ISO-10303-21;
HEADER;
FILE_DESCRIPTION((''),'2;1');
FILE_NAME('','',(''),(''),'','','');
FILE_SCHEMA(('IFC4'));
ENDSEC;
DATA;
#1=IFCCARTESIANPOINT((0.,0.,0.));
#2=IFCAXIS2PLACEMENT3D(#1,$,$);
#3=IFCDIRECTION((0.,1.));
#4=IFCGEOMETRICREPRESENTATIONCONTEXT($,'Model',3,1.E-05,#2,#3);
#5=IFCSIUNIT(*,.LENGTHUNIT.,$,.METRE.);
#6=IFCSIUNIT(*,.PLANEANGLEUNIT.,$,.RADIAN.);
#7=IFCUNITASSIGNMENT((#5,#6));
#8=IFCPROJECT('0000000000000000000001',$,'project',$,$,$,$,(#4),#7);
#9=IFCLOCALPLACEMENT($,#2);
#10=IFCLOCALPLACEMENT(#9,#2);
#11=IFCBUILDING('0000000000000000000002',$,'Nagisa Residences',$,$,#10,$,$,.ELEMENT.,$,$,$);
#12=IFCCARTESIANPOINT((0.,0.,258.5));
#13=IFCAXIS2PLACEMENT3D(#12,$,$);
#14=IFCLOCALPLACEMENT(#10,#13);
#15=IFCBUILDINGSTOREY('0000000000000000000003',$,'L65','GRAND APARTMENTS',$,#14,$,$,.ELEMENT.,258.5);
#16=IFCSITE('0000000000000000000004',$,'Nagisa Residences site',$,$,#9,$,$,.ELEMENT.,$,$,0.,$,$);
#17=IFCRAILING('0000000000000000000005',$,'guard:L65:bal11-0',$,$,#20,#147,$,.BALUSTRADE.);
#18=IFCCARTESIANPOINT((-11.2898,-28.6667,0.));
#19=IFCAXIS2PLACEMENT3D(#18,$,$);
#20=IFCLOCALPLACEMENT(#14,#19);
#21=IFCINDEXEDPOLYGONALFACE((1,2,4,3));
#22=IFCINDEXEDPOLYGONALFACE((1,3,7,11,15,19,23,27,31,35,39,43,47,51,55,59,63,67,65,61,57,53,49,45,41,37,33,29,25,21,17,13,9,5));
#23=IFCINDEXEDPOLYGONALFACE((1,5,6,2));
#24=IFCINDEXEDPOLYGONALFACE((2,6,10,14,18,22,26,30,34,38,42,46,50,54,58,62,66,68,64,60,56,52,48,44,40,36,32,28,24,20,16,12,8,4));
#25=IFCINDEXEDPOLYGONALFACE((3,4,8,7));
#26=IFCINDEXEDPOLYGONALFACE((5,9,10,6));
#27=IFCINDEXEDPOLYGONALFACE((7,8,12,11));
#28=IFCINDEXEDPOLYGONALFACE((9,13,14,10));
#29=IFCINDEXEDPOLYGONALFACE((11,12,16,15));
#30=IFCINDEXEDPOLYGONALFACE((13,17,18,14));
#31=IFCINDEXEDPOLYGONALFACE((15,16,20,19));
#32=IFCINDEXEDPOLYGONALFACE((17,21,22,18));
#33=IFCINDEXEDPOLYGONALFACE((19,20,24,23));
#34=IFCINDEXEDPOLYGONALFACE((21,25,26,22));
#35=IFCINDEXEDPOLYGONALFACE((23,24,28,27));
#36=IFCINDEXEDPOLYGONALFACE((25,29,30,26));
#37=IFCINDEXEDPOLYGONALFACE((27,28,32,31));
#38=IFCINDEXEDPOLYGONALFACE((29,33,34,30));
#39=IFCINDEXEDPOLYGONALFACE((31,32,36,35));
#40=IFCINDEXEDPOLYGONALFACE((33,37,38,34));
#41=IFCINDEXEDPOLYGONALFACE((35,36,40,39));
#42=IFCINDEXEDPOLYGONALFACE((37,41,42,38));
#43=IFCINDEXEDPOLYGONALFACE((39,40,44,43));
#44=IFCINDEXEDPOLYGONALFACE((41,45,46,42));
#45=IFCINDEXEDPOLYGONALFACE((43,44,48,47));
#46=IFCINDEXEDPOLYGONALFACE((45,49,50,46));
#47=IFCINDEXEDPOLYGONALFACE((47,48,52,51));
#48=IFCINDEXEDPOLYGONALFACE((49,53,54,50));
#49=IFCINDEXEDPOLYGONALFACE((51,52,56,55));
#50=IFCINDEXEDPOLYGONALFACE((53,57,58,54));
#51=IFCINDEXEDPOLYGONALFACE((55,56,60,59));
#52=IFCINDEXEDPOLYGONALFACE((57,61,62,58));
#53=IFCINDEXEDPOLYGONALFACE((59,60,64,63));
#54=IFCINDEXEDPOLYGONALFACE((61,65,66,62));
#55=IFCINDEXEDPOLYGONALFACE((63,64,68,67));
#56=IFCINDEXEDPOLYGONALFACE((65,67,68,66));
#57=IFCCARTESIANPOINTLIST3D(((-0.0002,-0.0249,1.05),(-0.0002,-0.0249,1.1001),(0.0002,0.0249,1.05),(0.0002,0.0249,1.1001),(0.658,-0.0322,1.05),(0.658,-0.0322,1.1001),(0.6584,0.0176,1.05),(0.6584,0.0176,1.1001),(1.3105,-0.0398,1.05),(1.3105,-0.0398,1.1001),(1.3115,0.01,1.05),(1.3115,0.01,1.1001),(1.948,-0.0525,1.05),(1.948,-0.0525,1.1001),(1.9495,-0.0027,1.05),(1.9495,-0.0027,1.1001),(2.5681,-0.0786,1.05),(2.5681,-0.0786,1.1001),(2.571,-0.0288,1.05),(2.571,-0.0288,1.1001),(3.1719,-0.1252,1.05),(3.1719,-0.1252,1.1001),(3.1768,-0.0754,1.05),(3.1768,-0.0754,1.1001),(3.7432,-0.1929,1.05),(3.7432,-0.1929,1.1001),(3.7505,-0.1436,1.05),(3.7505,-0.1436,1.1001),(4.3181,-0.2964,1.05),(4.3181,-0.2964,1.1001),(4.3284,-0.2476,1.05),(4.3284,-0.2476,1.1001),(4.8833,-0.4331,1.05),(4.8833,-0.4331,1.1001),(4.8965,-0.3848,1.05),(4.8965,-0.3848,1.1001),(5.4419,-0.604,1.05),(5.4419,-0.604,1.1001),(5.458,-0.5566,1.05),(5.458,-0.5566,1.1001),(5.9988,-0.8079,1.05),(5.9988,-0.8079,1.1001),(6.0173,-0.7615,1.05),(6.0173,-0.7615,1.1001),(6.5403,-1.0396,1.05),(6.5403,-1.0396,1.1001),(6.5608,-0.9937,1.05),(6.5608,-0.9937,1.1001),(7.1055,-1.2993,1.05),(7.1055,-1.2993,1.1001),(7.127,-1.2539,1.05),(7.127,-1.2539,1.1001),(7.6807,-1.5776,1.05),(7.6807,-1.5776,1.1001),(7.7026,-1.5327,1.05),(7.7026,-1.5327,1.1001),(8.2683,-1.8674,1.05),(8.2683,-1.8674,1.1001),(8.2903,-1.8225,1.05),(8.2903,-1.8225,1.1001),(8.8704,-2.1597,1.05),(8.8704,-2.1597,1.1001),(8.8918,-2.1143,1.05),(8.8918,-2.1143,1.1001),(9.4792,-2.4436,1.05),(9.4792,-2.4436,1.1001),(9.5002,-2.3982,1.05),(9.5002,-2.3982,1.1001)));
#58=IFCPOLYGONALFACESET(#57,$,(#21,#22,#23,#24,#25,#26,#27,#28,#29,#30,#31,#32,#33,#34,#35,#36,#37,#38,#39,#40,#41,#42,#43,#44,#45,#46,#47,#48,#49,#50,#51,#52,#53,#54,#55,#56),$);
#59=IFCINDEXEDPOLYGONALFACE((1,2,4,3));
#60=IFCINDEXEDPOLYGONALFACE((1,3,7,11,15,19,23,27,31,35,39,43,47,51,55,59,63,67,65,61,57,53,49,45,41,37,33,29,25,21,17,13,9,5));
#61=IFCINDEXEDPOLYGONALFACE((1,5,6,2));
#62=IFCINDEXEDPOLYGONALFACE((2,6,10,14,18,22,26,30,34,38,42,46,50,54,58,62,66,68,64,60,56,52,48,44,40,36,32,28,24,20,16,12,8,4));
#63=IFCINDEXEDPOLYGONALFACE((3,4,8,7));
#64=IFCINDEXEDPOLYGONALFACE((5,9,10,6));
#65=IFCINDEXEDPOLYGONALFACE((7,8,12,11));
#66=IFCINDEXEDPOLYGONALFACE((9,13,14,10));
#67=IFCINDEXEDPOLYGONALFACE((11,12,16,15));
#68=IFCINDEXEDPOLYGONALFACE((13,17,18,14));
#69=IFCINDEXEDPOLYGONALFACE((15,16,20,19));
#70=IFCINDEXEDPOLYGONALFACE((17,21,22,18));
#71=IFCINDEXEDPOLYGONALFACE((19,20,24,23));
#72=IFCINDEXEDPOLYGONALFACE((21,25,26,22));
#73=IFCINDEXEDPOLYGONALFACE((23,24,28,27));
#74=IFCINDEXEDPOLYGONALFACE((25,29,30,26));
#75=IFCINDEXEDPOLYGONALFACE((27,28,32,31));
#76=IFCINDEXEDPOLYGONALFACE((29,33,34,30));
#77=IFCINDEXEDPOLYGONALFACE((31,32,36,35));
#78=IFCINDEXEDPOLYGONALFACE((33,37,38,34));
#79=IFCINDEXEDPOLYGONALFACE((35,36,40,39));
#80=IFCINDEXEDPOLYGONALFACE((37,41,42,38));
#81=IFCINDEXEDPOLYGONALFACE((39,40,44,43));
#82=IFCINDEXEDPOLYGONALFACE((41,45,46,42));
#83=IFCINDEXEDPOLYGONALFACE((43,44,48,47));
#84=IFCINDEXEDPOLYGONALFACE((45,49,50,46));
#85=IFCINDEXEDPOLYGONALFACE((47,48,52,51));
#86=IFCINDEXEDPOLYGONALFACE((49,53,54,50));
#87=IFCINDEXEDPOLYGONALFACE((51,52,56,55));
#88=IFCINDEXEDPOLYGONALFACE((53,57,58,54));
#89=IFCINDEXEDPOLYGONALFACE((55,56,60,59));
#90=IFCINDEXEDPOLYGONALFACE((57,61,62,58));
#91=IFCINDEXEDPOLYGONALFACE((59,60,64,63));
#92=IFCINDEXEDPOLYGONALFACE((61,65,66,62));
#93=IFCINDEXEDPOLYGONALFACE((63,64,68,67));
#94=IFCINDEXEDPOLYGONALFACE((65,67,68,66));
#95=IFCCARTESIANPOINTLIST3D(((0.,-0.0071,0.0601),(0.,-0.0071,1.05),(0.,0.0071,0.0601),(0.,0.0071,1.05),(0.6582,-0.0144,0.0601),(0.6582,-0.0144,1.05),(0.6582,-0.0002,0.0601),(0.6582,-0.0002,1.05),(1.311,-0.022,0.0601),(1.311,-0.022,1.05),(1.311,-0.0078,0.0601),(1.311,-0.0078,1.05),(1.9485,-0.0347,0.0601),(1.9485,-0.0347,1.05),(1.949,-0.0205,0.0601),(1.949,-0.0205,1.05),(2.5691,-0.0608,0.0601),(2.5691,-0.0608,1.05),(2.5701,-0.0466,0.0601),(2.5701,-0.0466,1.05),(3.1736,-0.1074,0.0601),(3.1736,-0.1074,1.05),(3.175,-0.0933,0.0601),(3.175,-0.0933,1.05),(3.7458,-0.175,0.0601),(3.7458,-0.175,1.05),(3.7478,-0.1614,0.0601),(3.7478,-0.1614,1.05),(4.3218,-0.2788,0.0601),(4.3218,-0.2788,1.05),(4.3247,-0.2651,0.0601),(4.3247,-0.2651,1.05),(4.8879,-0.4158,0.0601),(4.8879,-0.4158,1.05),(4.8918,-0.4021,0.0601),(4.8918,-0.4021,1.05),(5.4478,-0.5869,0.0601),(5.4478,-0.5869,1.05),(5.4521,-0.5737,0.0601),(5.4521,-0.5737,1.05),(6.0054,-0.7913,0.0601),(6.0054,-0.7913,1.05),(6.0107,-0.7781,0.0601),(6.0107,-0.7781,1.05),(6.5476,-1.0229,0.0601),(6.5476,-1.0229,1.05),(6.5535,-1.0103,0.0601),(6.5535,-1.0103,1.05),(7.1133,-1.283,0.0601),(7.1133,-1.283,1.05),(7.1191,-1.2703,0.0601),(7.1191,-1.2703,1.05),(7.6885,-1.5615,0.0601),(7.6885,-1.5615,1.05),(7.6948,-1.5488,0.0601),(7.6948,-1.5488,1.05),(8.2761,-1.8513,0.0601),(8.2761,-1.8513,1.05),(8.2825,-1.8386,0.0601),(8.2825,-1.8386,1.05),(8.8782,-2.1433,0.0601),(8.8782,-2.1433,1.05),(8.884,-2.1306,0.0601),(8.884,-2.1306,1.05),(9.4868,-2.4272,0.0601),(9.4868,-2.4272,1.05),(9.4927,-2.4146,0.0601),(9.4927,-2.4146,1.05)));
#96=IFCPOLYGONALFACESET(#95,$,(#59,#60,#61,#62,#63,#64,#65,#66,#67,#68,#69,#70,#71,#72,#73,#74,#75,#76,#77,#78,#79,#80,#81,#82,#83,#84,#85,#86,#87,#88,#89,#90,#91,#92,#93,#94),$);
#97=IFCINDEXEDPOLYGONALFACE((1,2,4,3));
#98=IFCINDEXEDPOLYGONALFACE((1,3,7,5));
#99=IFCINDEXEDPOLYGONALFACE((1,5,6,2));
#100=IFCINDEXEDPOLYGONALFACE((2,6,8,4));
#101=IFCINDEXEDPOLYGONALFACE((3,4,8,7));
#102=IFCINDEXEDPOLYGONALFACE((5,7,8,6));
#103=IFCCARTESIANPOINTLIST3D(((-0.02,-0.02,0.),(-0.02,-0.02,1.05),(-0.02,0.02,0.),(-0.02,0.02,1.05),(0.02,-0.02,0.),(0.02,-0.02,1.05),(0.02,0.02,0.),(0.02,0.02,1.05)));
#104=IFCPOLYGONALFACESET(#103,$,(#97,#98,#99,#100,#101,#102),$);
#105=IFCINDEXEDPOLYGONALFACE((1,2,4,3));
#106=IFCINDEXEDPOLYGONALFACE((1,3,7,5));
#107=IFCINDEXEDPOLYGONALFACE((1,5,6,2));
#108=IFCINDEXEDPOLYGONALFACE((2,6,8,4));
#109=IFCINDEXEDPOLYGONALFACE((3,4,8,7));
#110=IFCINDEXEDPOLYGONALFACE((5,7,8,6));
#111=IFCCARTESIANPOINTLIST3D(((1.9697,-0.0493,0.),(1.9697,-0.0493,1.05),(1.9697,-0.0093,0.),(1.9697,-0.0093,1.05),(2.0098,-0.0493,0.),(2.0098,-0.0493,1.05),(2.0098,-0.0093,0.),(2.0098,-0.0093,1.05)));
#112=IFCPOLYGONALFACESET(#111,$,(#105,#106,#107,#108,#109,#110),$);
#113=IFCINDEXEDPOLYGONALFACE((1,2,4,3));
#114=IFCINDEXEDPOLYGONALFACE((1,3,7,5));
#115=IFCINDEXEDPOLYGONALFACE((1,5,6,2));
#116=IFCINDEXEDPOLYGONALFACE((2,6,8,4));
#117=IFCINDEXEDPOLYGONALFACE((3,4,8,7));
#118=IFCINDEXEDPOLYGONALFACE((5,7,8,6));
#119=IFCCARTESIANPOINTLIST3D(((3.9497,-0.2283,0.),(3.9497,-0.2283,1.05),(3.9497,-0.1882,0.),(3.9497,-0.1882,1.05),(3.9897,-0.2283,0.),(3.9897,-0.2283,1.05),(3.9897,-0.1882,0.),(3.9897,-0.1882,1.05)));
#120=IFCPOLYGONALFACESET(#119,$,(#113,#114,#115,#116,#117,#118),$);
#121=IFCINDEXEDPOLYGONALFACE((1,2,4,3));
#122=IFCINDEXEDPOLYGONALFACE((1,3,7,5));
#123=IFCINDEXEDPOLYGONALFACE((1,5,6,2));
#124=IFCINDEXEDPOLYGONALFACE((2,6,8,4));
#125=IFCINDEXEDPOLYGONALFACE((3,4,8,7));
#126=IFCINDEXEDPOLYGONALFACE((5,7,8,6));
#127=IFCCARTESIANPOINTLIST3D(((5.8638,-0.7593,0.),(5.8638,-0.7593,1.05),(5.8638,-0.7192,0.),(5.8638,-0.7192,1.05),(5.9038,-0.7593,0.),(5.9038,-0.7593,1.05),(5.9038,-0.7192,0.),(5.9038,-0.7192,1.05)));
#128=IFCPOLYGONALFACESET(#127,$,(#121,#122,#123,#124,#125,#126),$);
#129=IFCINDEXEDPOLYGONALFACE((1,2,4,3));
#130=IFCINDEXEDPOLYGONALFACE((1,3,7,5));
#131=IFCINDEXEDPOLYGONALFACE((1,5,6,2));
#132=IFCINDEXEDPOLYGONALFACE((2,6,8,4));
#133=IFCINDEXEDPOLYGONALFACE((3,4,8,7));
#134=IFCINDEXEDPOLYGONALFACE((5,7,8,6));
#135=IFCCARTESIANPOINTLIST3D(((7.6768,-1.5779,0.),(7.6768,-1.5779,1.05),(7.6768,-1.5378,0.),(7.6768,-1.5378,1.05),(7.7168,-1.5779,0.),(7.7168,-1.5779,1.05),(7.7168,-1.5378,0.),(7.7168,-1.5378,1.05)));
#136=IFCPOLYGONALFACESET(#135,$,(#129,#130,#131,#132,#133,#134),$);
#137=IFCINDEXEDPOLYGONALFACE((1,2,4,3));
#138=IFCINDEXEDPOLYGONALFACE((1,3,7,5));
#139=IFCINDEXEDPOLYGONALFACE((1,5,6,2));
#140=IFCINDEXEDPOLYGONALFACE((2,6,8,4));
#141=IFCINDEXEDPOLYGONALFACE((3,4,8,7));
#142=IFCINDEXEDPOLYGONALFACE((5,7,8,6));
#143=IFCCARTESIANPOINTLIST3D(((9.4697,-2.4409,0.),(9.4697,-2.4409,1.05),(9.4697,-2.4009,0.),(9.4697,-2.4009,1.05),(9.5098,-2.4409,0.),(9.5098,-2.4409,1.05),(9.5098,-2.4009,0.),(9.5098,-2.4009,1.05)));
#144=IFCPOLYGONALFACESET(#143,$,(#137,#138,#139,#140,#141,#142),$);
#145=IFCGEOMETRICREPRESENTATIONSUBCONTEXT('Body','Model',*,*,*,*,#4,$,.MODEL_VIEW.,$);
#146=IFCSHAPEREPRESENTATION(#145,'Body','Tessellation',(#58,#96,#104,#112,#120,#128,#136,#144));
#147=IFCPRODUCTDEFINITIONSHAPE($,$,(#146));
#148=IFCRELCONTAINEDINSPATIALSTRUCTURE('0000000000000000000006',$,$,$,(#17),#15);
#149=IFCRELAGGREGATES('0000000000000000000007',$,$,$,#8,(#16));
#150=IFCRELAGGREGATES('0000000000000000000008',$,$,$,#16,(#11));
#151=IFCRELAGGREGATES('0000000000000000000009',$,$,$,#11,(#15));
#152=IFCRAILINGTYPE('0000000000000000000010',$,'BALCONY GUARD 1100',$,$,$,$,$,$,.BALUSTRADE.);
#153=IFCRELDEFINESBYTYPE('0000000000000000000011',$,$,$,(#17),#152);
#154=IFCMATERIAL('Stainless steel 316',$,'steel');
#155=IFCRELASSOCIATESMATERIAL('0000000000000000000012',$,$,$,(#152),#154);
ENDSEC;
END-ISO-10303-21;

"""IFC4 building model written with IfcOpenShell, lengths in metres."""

from ifc_helpers import new_model, si_unit, direction, frame, origin, origin_2d, place, context, subcontext, project, spatial, polyline, rectangle, outline, extrude, material, type_object, element, save


model = new_model("IFC4")

# Units and contexts
model_context = context("Model", 3, precision=1e-05, world=origin(), true_north=direction((0.0, 1.0)))
body_context = subcontext(model_context, "Body", "Model", "MODEL_VIEW")
ifc_project = project(units=[si_unit("LENGTHUNIT", "METRE"), si_unit("PLANEANGLEUNIT", "RADIAN")], contexts=[model_context])

# Site, building, storey
site_placement = place(None, origin())
site = spatial("IfcSite", under=ifc_project, at=site_placement, Name="Nagisa Residences site", CompositionType="ELEMENT", RefElevation=0.0)
building_placement = place(site_placement, origin())
building = spatial("IfcBuilding", under=site, at=building_placement, Name="Nagisa Residences", CompositionType="ELEMENT")
storey_placement = place(building_placement, frame((0.0, 0.0, 258.5)))
storey = spatial("IfcBuildingStorey", under=building, at=storey_placement, Name="L65", Description="GRAND APARTMENTS", CompositionType="ELEMENT", Elevation=258.5)

# Railing
ifc_material_1 = material(Name="Stainless steel 316", Category="steel")
railing_type = type_object("IfcRailingType", Name="BALCONY GUARD 1100", PredefinedType="BALUSTRADE", material=ifc_material_1)
railing_1_placement = place(storey_placement, frame((-11.2898, -28.6667, 0.0)))
element("IfcRailing", 1, at=railing_1_placement, inside=storey, type_object=railing_type, Name="guard:L65:bal11-0", PredefinedType="BALUSTRADE", context=body_context, shape_type="SweptSolid", body=[
    extrude(outline(polyline([(0.6584, 0.0176), (0.0002, 0.0249), (-0.0002, -0.0249), (0.658, -0.0322), (1.3105, -0.0398), (1.948, -0.0525), (2.5681, -0.0786), (3.1719, -0.1252), (3.7432, -0.1929), (4.3181, -0.2964), (4.8833, -0.4331), (5.4419, -0.604), (5.9988, -0.8079), (6.5403, -1.0396), (7.1055, -1.2993), (7.6807, -1.5776), (8.2683, -1.8674), (8.8704, -2.1597), (9.4792, -2.4436), (9.5002, -2.3982), (8.8918, -2.1143), (8.2903, -1.8225), (7.7026, -1.5327), (7.127, -1.2539), (6.5608, -0.9937), (6.0173, -0.7615), (5.458, -0.5566), (4.8965, -0.3848), (4.3284, -0.2476), (3.7505, -0.1436), (3.1768, -0.0754), (2.571, -0.0288), (1.9495, -0.0027), (1.3115, 0.01), (0.6584, 0.0176)])), frame((0.0, 0.0, 1.05)), (0.0, 0.0, 1.0), 0.05),
    extrude(outline(polyline([(0.6582, -0.0002), (0.0, 0.0071), (0.0, -0.0071), (0.6582, -0.0144), (1.311, -0.022), (1.9485, -0.0347), (2.5691, -0.0608), (3.1736, -0.1074), (3.7458, -0.175), (4.3218, -0.2788), (4.8879, -0.4158), (5.4478, -0.5869), (6.0054, -0.7913), (6.5476, -1.0229), (7.1133, -1.283), (7.6885, -1.5615), (8.2761, -1.8513), (8.8782, -2.1433), (9.4868, -2.4272), (9.4927, -2.4146), (8.884, -2.1306), (8.2825, -1.8386), (7.6948, -1.5488), (7.1191, -1.2703), (6.5535, -1.0103), (6.0107, -0.7781), (5.4521, -0.5737), (4.8918, -0.4021), (4.3247, -0.2651), (3.7478, -0.1614), (3.175, -0.0933), (2.5701, -0.0466), (1.949, -0.0205), (1.311, -0.0078), (0.6582, -0.0002)])), frame((0.0, 0.0, 0.0601)), (0.0, 0.0, 1.0), 0.99),
    extrude(rectangle(XDim=0.04, YDim=0.04, at=origin_2d()), origin(), (0.0, 0.0, 1.0), 1.05),
    extrude(rectangle(XDim=0.04, YDim=0.04, at=origin_2d()), frame((1.9897, -0.0293, 0.0)), (0.0, 0.0, 1.0), 1.05),
    extrude(rectangle(XDim=0.04, YDim=0.04, at=origin_2d()), frame((3.9697, -0.2083, 0.0)), (0.0, 0.0, 1.0), 1.05),
    extrude(rectangle(XDim=0.04, YDim=0.04, at=origin_2d()), frame((5.8838, -0.7393, 0.0)), (0.0, 0.0, 1.0), 1.05),
    extrude(rectangle(XDim=0.04, YDim=0.04, at=origin_2d()), frame((7.6968, -1.5579, 0.0)), (0.0, 0.0, 1.0), 1.05),
    extrude(rectangle(XDim=0.04, YDim=0.04, at=origin_2d()), frame((9.4897, -2.4209, 0.0)), (0.0, 0.0, 1.0), 1.05),
])

save(model, "model.ifc")
